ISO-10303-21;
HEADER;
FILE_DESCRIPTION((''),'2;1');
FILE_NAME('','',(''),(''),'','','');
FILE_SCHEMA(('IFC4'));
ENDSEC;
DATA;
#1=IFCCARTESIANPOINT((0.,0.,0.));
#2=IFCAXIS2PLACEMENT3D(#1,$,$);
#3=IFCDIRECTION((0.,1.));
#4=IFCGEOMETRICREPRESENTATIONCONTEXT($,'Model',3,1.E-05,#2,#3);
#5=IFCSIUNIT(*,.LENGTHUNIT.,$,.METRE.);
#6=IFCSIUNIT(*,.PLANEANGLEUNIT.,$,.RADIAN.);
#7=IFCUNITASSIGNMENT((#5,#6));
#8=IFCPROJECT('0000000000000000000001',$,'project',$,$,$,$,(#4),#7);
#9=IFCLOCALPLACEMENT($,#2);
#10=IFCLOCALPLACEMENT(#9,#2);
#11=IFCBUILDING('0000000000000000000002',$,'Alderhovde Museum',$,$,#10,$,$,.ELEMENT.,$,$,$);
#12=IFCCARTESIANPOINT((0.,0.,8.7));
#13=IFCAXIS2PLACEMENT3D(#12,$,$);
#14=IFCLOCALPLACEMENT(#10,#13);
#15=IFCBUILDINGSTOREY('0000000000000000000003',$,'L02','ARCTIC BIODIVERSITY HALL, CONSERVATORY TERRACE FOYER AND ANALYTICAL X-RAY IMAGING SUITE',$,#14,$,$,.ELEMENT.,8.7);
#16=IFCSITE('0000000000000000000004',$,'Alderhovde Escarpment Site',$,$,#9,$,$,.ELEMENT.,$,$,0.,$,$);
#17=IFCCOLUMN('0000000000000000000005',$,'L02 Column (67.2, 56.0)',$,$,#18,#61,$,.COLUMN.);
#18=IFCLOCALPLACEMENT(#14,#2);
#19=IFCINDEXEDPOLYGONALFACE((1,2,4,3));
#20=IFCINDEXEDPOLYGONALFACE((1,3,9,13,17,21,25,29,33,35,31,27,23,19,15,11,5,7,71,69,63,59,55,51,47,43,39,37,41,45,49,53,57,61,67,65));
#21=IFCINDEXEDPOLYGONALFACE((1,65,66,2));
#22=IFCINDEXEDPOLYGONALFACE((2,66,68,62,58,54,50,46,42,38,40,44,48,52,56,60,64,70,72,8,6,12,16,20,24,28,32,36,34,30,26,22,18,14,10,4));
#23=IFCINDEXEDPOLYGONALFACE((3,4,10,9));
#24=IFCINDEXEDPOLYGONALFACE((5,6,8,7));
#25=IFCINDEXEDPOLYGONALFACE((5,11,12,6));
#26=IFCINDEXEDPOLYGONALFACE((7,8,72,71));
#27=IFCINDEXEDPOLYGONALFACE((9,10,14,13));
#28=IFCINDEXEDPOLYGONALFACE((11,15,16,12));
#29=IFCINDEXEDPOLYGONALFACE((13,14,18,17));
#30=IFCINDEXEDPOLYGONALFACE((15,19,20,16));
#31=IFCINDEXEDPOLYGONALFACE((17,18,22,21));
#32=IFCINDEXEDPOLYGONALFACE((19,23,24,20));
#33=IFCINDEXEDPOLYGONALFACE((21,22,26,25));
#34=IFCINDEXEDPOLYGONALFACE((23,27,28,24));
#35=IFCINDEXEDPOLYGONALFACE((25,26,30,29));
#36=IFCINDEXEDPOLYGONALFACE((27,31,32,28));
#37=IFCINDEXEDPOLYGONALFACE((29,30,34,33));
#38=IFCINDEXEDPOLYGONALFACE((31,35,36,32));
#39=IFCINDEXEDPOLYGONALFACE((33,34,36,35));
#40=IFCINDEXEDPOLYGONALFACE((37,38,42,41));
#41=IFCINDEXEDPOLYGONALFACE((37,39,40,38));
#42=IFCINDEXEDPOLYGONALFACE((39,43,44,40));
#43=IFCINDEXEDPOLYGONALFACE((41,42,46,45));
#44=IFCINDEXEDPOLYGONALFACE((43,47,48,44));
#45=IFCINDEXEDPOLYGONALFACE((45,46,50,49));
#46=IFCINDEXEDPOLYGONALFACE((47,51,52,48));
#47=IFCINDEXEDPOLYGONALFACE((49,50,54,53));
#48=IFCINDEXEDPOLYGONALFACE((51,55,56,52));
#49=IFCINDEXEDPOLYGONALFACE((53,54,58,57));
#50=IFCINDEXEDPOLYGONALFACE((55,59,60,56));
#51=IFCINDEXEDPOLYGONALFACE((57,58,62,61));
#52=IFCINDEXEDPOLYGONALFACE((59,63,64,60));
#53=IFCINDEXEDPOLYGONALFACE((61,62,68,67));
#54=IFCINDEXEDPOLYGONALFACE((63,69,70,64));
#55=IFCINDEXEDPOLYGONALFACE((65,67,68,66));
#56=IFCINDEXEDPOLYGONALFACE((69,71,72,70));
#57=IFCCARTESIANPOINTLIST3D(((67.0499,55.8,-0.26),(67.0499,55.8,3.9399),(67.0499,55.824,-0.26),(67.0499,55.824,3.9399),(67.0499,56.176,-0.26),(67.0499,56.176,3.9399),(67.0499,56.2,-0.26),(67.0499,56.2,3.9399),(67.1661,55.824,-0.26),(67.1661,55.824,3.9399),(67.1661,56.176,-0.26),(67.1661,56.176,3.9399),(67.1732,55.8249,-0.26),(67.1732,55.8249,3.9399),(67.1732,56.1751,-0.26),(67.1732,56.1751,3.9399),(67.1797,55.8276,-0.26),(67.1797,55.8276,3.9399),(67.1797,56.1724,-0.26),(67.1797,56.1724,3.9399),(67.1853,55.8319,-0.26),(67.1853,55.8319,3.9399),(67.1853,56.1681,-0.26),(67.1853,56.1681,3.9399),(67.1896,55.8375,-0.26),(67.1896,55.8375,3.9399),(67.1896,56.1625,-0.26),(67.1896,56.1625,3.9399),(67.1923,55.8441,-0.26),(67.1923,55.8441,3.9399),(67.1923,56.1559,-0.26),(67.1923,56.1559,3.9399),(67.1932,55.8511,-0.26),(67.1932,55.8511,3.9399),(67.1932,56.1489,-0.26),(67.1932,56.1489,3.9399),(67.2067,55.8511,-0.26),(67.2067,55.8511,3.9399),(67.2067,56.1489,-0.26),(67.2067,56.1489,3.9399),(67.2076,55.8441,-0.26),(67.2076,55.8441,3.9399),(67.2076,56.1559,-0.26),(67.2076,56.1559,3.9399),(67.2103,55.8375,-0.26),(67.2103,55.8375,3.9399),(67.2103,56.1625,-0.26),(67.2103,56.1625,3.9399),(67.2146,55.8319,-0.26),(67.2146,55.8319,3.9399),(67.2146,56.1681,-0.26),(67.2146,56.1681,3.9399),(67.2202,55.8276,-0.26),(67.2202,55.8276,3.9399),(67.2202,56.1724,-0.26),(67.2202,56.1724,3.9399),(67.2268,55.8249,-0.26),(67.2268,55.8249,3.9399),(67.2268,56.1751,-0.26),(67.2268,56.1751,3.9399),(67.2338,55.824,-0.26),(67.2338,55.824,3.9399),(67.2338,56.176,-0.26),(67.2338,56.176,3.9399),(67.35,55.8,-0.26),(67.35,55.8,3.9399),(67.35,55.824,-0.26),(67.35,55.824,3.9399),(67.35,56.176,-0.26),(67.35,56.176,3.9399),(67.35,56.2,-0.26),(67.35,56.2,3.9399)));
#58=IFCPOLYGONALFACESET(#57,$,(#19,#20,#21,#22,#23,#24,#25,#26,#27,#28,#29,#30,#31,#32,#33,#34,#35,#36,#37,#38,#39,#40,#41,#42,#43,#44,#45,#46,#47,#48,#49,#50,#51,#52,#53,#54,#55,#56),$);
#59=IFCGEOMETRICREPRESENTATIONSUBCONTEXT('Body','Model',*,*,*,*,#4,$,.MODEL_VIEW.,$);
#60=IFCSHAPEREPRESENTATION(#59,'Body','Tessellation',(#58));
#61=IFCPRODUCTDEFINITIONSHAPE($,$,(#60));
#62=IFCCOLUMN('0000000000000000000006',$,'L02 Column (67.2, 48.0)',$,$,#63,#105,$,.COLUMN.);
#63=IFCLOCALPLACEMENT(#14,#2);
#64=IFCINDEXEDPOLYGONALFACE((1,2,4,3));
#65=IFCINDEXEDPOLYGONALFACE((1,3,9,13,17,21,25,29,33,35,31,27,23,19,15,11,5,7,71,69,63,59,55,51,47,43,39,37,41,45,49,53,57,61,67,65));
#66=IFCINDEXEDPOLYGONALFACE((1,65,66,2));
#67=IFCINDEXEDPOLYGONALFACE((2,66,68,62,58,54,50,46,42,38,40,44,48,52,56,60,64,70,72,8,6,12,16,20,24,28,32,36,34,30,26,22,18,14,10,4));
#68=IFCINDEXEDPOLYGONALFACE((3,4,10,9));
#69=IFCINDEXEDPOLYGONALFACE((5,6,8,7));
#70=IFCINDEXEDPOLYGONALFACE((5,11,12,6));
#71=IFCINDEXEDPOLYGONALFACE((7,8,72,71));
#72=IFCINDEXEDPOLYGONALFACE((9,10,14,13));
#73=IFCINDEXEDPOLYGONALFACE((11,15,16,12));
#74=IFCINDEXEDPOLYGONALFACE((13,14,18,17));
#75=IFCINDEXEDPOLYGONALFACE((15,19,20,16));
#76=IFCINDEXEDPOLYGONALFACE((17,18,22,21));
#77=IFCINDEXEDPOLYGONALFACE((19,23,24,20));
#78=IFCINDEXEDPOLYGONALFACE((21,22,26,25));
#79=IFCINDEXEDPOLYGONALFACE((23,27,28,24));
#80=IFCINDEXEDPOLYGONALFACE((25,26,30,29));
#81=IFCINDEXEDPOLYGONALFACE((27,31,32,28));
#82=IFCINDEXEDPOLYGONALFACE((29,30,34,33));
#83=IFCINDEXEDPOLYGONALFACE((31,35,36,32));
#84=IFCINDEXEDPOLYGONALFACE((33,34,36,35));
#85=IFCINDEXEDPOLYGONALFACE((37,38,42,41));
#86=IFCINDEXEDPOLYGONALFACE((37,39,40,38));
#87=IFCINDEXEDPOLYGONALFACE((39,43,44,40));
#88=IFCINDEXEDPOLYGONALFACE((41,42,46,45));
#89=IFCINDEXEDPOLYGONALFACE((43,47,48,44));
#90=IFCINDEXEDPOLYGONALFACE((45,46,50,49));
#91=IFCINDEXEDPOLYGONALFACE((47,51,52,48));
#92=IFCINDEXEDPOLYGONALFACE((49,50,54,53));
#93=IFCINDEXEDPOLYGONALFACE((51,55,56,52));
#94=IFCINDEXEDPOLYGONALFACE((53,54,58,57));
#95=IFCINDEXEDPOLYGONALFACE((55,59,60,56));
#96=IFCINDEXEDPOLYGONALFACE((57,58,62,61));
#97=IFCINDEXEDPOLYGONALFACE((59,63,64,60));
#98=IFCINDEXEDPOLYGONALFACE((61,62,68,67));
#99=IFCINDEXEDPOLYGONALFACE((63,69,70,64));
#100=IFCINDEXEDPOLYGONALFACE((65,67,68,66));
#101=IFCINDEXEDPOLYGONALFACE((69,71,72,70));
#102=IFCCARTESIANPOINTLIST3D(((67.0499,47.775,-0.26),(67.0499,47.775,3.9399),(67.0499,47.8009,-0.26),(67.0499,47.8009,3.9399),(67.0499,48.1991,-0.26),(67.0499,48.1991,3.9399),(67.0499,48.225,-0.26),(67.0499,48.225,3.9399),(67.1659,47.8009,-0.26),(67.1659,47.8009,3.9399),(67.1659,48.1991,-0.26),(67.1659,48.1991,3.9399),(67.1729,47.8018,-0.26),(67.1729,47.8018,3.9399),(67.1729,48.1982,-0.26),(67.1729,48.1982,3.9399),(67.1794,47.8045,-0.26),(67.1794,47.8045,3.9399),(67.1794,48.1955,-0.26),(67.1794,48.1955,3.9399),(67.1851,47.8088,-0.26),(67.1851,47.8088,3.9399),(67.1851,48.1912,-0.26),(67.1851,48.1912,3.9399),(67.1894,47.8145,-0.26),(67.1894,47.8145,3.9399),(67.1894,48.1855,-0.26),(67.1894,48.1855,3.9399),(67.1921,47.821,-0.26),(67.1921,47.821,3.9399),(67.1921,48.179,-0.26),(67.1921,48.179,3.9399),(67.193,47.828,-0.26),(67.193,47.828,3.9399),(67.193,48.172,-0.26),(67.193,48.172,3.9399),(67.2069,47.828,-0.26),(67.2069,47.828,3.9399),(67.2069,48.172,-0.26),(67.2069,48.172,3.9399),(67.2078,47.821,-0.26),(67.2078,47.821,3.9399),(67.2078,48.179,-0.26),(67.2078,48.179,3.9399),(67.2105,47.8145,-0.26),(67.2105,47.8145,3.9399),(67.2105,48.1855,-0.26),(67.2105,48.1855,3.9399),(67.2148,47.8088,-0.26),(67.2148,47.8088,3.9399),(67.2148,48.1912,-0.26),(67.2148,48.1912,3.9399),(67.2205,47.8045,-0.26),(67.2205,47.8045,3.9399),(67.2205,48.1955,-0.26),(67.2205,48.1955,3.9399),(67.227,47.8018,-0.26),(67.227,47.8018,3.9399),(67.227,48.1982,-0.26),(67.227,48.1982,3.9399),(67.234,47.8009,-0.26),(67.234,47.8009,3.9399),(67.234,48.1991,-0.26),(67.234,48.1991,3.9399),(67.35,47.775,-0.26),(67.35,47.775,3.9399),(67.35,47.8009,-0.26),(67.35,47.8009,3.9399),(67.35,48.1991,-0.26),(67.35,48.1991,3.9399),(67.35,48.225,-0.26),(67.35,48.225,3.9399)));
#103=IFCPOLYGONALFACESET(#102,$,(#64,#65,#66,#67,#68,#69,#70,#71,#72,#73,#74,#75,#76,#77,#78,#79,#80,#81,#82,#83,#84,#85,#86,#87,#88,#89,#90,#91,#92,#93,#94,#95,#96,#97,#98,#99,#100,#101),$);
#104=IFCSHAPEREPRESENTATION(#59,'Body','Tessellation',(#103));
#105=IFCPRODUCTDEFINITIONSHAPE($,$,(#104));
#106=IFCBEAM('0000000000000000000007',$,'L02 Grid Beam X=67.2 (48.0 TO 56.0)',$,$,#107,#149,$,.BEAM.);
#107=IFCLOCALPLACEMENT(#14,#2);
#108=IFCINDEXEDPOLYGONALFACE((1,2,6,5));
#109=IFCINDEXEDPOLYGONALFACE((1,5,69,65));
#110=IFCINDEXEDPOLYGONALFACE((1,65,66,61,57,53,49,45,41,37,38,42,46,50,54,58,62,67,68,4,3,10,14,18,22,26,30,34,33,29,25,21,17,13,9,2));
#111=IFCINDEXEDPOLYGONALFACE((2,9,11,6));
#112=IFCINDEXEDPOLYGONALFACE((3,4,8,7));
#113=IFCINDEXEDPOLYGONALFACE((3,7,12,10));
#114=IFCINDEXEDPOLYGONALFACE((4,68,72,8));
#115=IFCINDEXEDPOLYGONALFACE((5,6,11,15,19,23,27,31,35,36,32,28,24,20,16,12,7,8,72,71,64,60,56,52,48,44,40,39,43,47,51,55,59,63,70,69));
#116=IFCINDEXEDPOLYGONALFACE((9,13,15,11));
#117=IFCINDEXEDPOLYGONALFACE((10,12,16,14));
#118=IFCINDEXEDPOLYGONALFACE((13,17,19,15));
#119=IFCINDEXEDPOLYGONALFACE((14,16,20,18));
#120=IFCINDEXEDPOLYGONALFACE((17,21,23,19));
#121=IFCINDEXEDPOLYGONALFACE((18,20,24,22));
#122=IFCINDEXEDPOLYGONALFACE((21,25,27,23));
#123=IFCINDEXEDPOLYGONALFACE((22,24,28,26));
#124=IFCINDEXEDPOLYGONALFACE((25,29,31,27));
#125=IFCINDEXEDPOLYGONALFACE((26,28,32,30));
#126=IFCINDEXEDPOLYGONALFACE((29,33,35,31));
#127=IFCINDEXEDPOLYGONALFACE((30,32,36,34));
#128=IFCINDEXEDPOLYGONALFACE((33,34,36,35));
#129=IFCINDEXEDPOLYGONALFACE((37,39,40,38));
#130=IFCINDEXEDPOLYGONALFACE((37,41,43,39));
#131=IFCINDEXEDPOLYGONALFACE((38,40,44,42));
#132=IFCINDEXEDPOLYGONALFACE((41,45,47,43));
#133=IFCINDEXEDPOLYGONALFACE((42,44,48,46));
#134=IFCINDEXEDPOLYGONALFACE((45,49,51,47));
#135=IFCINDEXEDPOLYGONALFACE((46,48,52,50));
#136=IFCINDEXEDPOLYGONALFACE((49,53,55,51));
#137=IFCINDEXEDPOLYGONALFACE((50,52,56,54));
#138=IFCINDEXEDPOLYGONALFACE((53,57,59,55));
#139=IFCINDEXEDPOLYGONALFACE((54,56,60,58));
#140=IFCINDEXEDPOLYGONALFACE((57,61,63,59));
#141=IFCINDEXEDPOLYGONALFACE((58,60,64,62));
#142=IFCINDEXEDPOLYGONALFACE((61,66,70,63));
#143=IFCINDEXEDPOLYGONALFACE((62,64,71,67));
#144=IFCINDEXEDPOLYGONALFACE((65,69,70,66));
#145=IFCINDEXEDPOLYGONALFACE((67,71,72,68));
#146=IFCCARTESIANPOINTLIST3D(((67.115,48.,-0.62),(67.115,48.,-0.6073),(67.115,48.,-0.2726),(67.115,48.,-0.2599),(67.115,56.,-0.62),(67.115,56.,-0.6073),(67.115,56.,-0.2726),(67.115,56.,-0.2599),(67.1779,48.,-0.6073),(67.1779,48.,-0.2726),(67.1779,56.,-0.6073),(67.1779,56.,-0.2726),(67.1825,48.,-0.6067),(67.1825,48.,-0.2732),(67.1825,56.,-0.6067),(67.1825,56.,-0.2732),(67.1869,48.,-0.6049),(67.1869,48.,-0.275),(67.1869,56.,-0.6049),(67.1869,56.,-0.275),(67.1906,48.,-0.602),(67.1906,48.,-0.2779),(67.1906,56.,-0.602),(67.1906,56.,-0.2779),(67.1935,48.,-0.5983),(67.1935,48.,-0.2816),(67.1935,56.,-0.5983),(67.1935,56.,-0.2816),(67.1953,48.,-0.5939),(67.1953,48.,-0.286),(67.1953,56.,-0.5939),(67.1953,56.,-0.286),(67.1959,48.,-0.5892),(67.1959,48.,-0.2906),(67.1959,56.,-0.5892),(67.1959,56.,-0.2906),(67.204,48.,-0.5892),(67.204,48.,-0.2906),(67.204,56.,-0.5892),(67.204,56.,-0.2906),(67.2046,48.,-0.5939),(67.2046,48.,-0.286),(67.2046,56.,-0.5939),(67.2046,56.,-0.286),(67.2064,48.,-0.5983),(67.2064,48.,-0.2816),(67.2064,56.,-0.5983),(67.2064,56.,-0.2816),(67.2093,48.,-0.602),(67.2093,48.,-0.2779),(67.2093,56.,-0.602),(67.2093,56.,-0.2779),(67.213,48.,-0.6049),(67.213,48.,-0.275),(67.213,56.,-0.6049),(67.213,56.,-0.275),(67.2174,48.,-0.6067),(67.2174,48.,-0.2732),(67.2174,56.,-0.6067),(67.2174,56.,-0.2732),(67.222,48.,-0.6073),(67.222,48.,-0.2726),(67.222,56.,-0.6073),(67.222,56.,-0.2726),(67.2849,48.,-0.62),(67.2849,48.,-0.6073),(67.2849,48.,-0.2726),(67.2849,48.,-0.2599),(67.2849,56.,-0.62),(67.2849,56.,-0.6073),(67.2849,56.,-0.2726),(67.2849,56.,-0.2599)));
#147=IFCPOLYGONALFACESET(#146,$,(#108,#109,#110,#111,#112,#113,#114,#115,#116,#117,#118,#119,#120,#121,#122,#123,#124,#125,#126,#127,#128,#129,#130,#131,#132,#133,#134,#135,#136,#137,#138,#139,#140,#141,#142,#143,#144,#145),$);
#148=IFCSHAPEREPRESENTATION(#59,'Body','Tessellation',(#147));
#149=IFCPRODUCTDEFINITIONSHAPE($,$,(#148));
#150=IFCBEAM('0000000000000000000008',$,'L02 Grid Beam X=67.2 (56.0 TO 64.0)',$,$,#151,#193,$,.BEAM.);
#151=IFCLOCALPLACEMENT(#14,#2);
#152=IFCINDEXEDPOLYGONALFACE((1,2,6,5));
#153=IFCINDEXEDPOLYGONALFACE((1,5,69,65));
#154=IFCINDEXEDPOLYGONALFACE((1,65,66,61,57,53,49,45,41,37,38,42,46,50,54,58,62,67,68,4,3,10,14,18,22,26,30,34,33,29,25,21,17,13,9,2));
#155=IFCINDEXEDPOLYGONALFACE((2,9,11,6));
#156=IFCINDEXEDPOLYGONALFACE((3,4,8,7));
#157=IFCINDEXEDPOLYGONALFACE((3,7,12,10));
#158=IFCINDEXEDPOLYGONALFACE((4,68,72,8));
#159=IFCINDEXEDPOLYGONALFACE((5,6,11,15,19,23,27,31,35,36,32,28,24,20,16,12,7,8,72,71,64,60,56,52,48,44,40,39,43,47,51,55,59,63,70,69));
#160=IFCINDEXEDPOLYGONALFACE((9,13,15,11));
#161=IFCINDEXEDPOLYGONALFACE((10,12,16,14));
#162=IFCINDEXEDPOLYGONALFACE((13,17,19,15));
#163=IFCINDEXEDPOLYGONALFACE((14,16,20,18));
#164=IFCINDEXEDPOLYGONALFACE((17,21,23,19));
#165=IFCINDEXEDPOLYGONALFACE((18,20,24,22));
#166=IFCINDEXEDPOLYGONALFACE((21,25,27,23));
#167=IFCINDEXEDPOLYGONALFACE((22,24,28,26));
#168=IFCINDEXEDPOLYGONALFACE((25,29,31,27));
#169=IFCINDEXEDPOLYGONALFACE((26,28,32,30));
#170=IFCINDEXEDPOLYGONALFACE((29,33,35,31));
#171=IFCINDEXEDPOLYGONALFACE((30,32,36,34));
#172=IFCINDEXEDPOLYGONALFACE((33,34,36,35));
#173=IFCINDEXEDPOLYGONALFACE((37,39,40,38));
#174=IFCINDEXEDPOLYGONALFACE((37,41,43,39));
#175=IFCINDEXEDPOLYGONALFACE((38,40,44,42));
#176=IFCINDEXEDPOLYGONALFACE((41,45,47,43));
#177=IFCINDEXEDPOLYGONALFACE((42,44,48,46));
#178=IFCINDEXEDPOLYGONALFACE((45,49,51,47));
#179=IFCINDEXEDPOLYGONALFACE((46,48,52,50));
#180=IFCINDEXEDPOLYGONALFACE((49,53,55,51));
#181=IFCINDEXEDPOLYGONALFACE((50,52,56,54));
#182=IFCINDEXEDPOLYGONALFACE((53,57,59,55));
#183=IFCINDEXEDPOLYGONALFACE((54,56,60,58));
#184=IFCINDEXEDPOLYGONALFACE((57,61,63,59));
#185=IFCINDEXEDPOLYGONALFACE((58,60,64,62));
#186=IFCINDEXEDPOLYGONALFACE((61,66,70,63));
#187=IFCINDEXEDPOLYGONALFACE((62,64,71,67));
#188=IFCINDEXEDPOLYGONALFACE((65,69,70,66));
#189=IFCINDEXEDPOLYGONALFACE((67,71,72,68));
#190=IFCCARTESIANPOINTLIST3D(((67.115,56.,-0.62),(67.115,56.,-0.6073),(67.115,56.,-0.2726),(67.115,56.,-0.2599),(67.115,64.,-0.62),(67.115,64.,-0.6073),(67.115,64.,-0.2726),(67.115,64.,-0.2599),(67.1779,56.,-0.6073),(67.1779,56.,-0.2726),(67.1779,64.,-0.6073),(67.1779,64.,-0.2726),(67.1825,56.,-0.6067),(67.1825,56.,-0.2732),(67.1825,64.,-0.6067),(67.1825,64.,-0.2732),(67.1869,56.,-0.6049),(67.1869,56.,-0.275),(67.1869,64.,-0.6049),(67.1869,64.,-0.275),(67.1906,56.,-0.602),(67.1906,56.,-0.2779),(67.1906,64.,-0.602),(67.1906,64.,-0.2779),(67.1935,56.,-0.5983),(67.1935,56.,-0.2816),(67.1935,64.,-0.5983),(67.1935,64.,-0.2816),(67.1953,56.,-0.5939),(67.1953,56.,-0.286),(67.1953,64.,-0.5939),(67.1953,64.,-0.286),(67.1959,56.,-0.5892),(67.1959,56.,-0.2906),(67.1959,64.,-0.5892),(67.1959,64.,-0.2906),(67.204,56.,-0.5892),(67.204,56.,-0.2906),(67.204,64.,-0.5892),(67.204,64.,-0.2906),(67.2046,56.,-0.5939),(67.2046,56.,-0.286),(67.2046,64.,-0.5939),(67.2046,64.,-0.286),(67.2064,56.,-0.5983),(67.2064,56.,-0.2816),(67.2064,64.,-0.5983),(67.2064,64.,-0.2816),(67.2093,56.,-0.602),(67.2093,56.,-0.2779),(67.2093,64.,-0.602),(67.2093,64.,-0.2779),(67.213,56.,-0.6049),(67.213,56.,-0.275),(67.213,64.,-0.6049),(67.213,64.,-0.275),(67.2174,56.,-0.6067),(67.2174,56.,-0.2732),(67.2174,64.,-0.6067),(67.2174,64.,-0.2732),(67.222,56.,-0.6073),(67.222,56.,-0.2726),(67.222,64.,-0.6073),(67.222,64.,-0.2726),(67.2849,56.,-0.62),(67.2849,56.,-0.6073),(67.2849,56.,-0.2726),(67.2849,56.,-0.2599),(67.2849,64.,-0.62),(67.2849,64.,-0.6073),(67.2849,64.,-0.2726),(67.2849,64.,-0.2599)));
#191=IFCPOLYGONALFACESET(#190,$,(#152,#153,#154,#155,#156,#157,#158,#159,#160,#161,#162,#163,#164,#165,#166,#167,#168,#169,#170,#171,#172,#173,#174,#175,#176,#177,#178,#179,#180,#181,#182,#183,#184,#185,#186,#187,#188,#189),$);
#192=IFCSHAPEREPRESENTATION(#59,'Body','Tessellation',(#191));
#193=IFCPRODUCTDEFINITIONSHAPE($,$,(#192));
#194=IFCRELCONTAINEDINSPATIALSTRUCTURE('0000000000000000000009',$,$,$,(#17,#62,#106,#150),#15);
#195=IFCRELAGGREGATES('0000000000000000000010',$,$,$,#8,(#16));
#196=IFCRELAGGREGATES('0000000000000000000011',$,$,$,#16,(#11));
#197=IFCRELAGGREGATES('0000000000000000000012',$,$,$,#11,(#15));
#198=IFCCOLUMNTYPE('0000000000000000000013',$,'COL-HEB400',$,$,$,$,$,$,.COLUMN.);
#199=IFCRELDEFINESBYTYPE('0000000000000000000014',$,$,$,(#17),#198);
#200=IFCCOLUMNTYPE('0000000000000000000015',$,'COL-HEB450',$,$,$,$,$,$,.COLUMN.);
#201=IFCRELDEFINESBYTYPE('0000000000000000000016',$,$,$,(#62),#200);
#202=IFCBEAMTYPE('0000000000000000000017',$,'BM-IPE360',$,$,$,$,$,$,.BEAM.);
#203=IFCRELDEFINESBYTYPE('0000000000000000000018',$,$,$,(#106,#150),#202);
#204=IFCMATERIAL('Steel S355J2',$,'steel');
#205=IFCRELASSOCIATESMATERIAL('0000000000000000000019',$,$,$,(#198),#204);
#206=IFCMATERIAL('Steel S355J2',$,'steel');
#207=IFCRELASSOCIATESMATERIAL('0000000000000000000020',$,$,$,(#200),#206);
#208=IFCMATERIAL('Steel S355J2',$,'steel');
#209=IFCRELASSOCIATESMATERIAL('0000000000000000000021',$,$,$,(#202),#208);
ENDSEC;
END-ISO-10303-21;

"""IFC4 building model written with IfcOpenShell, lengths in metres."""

from ifc_helpers import new_model, si_unit, direction, frame, origin, origin_2d, place, context, subcontext, project, spatial, i_section, extrude, material, material_profile, profile_set, type_object, element, save


model = new_model("IFC4")

# Units and contexts
model_context = context("Model", 3, precision=1e-05, world=origin(), true_north=direction((0.0, 1.0)))
body_context = subcontext(model_context, "Body", "Model", "MODEL_VIEW")
ifc_project = project(units=[si_unit("LENGTHUNIT", "METRE"), si_unit("PLANEANGLEUNIT", "RADIAN")], contexts=[model_context])

# Site, building, storey
site_placement = place(None, origin())
site = spatial("IfcSite", under=ifc_project, at=site_placement, Name="Alderhovde Escarpment Site", CompositionType="ELEMENT", RefElevation=0.0)
building_placement = place(site_placement, origin())
building = spatial("IfcBuilding", under=site, at=building_placement, Name="Alderhovde Museum", CompositionType="ELEMENT")
storey_placement = place(building_placement, frame((0.0, 0.0, 8.7)))
storey = spatial("IfcBuildingStorey", under=building, at=storey_placement, Name="L02", Description="ARCTIC BIODIVERSITY HALL, CONSERVATORY TERRACE FOYER AND ANALYTICAL X-RAY IMAGING SUITE", CompositionType="ELEMENT", Elevation=8.7)

# Columns
ifc_material_1 = material(Name="Steel S355J2", Category="steel")
ifc_material_profile_1 = material_profile(ifc_material_1, i_section(OverallWidth=0.3, OverallDepth=0.3999, WebThickness=0.0134, FlangeThickness=0.0239, FilletRadius=0.0271, at=origin_2d()), Name="HEB 400")
ifc_profile_set_1 = profile_set([ifc_material_profile_1], Name="Steel S355J2")
column_type_1 = type_object("IfcColumnType", Name="COL-HEB400", PredefinedType="COLUMN", material=ifc_profile_set_1)
column_1_placement = place(storey_placement, frame((67.2, 56.0, -0.26), z_axis=(0.0, 0.0, 1.0), x_axis=(1.0, 0.0, 0.0)))
element("IfcColumn", 1, at=column_1_placement, inside=storey, type_object=column_type_1, Name="L02 Column (67.2, 56.0)", PredefinedType="COLUMN", context=body_context, shape_type="SweptSolid", body=[
    extrude(i_section(OverallWidth=0.3, OverallDepth=0.3999, WebThickness=0.0134, FlangeThickness=0.0239, FilletRadius=0.0271, at=origin_2d()), origin(), (0.0, 0.0, 1.0), 4.2),
])
ifc_material_2 = material(Name="Steel S355J2", Category="steel")
ifc_material_profile_2 = material_profile(ifc_material_2, i_section(OverallWidth=0.3, OverallDepth=0.45, WebThickness=0.0139, FlangeThickness=0.0259, FilletRadius=0.0271, at=origin_2d()), Name="HEB 450")
ifc_profile_set_2 = profile_set([ifc_material_profile_2], Name="Steel S355J2")
column_type_2 = type_object("IfcColumnType", Name="COL-HEB450", PredefinedType="COLUMN", material=ifc_profile_set_2)
column_2_placement = place(storey_placement, frame((67.2, 48.0, -0.26), z_axis=(0.0, 0.0, 1.0), x_axis=(1.0, 0.0, 0.0)))
element("IfcColumn", 2, at=column_2_placement, inside=storey, type_object=column_type_2, Name="L02 Column (67.2, 48.0)", PredefinedType="COLUMN", context=body_context, shape_type="SweptSolid", body=[
    extrude(i_section(OverallWidth=0.3, OverallDepth=0.45, WebThickness=0.0139, FlangeThickness=0.0259, FilletRadius=0.0271, at=origin_2d()), origin(), (0.0, 0.0, 1.0), 4.2),
])

# Beams
ifc_material_3 = material(Name="Steel S355J2", Category="steel")
ifc_material_profile_3 = material_profile(ifc_material_3, i_section(OverallWidth=0.1699, OverallDepth=0.3601, WebThickness=0.0081, FlangeThickness=0.0127, FilletRadius=0.0181, at=origin_2d()), Name="IPE 360")
ifc_profile_set_3 = profile_set([ifc_material_profile_3], Name="Steel S355J2")
beam_type_1 = type_object("IfcBeamType", Name="BM-IPE360", PredefinedType="BEAM", material=ifc_profile_set_3)
for number, where, z_axis, x_axis, name in (
    (3, (67.2, 48.0, -0.4399), (0.0, 1.0, 0.0), (-1.0, 0.0, 0.0), "L02 Grid Beam X=67.2 (48.0 TO 56.0)"),
    (4, (67.2, 56.0, -0.4399), (0.0, 1.0, 0.0), (-1.0, 0.0, 0.0), "L02 Grid Beam X=67.2 (56.0 TO 64.0)"),
):
    element("IfcBeam", number, at=place(storey_placement, frame(where, z_axis=z_axis, x_axis=x_axis)), inside=storey, type_object=beam_type_1, Name=name, PredefinedType="BEAM", context=body_context, shape_type="SweptSolid", body=[
        extrude(i_section(OverallWidth=0.1699, OverallDepth=0.3601, WebThickness=0.0081, FlangeThickness=0.0127, FilletRadius=0.0181, at=origin_2d()), origin(), (0.0, 0.0, 1.0), 8.0),
    ])

save(model, "model.ifc")
